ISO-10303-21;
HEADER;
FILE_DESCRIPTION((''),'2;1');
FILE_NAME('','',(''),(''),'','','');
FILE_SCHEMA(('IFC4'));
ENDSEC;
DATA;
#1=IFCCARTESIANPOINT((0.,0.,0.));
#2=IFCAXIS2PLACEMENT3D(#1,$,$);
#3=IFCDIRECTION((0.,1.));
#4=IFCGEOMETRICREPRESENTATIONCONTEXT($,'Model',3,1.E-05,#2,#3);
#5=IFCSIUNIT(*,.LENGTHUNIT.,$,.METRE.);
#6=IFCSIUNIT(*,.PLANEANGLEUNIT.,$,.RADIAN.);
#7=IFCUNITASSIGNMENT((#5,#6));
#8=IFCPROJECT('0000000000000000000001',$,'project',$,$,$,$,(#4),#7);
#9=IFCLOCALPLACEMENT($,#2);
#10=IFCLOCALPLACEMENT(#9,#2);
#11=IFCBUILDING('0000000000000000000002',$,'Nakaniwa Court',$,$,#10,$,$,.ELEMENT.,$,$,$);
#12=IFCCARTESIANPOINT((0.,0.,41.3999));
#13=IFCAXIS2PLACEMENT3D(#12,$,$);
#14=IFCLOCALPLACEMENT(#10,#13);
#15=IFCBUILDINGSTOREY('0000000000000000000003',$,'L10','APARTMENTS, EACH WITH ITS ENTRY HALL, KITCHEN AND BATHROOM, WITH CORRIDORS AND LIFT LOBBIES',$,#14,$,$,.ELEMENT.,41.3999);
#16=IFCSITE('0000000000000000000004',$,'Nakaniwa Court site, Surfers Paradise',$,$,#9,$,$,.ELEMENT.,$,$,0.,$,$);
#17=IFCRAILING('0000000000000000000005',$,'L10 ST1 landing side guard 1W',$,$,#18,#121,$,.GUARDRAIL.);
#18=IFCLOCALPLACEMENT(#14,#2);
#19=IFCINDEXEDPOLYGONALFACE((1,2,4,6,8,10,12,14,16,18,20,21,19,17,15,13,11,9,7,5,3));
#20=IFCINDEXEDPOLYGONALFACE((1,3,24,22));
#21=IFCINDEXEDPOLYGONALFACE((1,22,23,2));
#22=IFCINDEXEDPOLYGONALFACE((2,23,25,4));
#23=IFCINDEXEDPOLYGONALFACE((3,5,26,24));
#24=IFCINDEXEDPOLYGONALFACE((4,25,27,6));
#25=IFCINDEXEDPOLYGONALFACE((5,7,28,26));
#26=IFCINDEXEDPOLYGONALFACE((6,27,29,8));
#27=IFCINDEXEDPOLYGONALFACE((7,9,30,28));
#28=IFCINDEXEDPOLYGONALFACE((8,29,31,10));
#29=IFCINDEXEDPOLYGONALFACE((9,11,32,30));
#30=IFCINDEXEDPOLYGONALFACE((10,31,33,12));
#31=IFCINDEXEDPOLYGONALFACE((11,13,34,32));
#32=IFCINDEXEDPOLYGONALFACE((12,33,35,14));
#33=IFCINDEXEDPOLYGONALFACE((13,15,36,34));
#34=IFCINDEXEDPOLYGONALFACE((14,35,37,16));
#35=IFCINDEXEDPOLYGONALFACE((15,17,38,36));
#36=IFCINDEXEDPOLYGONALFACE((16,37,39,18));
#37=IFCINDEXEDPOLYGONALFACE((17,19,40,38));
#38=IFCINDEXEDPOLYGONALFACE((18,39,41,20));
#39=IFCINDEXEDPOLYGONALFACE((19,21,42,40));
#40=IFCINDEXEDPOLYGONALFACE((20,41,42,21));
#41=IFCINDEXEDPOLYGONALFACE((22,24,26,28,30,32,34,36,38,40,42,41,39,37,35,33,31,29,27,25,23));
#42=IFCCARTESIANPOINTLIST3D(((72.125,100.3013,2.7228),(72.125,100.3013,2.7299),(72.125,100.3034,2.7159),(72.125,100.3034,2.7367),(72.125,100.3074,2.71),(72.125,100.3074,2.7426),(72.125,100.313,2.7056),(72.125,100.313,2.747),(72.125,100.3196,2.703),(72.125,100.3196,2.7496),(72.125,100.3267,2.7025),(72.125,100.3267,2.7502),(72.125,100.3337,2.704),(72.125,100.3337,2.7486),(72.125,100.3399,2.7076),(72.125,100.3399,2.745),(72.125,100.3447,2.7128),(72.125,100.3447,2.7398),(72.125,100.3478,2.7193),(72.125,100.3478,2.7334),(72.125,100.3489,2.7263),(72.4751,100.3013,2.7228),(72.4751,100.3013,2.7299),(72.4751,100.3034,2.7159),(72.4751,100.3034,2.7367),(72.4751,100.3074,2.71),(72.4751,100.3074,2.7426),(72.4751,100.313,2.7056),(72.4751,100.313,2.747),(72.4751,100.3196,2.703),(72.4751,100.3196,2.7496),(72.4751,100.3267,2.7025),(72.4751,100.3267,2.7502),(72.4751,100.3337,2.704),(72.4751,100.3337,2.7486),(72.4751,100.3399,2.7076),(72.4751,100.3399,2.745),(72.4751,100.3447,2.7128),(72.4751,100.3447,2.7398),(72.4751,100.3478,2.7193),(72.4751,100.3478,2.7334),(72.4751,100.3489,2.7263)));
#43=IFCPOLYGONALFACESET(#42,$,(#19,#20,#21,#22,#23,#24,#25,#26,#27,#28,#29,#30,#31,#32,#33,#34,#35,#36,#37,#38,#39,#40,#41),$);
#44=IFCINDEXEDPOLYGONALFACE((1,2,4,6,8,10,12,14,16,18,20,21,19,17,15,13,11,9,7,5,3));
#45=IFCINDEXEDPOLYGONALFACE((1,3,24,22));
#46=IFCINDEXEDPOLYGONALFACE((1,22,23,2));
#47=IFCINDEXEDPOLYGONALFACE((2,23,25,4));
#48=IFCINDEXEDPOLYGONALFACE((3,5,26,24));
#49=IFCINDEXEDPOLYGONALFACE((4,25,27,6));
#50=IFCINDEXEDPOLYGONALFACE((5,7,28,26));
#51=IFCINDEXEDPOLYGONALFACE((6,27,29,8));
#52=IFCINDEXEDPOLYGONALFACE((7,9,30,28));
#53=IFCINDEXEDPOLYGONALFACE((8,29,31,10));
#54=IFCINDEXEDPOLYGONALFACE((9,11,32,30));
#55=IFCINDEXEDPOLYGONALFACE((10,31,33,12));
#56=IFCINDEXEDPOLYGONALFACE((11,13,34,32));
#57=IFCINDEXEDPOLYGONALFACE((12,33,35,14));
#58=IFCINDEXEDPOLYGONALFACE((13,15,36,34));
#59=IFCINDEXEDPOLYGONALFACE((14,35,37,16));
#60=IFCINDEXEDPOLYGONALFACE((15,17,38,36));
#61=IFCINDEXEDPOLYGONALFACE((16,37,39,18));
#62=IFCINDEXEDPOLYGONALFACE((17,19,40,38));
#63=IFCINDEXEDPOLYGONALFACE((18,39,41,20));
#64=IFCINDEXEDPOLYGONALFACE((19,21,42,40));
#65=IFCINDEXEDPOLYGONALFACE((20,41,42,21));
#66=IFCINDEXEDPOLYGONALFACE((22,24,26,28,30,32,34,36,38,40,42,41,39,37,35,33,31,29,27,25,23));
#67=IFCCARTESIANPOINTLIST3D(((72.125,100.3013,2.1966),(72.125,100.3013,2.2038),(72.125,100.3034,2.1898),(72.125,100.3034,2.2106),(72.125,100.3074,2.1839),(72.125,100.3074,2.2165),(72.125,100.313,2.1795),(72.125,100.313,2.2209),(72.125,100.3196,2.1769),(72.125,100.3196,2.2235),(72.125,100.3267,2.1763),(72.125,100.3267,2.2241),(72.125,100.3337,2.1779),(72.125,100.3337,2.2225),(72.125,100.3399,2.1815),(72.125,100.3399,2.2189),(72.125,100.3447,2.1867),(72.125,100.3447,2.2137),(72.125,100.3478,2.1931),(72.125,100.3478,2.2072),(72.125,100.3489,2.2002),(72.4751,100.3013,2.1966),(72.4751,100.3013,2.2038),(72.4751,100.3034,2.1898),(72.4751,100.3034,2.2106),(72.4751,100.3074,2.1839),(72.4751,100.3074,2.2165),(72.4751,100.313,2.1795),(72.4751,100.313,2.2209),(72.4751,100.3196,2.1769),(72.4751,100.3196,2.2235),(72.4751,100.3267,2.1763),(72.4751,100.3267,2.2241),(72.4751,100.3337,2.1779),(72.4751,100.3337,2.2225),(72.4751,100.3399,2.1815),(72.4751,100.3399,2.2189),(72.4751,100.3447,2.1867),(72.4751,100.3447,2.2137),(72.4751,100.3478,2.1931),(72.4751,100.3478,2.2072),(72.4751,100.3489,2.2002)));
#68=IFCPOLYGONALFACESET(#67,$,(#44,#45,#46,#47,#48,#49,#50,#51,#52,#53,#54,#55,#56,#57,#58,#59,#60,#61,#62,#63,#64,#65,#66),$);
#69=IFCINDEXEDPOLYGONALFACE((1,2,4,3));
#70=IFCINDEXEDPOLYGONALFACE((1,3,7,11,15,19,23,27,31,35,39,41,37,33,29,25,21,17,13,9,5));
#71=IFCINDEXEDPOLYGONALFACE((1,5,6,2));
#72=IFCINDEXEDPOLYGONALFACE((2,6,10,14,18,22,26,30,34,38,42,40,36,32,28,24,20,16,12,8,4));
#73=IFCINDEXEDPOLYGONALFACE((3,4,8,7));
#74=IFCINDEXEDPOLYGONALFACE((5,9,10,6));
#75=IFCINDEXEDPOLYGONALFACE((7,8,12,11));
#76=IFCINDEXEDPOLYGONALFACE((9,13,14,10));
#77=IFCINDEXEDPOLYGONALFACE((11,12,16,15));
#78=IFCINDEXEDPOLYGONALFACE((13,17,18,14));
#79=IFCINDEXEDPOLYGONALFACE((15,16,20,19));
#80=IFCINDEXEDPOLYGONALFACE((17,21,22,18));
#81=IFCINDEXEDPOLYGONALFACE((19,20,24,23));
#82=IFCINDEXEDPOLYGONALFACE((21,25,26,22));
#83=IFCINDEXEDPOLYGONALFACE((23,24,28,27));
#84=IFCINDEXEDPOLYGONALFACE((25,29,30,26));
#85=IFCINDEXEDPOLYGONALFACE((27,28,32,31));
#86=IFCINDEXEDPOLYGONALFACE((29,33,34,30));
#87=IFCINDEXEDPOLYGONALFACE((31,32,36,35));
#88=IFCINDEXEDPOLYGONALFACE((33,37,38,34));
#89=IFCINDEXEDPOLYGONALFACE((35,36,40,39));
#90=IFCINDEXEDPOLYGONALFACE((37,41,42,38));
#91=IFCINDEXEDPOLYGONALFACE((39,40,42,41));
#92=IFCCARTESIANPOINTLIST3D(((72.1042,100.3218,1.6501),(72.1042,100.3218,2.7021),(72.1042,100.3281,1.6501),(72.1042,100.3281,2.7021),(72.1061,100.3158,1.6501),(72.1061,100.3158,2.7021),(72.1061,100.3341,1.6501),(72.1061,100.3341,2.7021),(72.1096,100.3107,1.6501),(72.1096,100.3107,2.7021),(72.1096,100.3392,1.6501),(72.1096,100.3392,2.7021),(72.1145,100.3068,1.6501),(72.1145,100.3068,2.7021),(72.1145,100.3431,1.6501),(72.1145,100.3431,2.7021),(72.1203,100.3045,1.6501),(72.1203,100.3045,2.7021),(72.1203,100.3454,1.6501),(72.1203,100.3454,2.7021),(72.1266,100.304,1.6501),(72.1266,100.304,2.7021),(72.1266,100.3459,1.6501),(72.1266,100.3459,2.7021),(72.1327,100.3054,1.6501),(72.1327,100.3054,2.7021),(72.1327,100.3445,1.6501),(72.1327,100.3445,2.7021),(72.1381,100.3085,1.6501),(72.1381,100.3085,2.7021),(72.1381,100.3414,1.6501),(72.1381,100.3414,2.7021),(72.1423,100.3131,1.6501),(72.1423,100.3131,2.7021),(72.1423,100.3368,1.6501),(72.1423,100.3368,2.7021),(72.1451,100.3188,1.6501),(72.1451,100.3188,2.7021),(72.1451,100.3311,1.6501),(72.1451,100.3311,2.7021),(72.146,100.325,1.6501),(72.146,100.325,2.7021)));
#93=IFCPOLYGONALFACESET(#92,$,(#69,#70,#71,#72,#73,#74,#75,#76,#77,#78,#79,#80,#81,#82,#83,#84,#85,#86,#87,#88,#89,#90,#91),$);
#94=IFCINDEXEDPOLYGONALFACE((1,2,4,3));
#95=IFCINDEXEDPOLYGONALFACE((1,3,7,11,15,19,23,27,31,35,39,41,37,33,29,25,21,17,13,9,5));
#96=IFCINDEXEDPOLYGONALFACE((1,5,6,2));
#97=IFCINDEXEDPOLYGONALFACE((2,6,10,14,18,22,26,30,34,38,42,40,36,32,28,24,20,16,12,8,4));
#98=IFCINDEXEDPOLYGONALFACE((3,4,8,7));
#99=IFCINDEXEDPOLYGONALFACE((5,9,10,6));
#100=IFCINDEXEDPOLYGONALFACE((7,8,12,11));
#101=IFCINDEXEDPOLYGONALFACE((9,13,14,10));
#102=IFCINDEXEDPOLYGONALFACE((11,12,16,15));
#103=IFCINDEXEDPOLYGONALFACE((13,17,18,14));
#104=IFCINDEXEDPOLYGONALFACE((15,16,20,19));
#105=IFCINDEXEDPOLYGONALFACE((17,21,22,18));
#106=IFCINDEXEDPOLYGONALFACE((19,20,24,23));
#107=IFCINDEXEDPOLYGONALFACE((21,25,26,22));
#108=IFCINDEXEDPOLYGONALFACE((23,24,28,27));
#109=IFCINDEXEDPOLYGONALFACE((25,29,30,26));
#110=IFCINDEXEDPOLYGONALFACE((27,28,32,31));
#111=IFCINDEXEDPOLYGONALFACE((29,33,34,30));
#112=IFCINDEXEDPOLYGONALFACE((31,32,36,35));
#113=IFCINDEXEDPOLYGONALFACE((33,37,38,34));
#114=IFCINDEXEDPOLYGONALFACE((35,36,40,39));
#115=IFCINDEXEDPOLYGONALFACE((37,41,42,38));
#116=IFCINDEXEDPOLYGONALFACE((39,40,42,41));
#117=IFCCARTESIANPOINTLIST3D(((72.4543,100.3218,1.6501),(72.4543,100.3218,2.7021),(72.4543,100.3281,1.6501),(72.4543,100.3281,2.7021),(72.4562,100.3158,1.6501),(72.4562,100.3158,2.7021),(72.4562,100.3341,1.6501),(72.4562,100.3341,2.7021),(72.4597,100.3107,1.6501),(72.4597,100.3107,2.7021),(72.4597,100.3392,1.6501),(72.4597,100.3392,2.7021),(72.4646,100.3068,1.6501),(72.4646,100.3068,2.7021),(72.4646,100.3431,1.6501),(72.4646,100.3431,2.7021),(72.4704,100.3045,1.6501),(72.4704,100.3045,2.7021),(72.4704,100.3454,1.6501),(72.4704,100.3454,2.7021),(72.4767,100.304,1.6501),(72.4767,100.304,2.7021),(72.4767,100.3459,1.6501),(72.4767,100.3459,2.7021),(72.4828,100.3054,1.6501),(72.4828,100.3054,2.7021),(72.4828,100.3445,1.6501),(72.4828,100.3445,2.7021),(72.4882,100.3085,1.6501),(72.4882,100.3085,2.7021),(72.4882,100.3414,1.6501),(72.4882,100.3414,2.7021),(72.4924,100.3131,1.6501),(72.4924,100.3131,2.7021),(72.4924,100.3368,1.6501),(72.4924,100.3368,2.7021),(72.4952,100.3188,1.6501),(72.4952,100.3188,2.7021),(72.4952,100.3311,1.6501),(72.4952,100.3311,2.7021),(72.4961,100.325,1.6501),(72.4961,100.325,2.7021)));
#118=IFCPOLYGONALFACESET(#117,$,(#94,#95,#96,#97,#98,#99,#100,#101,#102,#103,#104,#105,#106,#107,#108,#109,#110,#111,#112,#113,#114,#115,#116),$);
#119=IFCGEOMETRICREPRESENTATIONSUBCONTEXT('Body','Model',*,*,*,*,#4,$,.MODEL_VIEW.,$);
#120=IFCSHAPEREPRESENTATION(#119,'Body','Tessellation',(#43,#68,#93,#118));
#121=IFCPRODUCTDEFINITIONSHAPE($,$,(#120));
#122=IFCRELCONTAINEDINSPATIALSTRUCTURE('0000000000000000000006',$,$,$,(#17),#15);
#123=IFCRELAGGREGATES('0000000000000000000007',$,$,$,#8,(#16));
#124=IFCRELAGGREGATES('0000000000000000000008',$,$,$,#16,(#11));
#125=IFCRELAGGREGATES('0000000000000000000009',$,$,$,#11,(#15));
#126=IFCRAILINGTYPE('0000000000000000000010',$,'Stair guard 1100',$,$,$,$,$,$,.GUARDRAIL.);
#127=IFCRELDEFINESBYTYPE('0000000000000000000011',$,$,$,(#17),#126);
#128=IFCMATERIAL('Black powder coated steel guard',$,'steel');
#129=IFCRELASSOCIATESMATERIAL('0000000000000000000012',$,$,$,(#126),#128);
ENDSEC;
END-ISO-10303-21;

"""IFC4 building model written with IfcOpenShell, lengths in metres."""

from ifc_helpers import new_model, si_unit, direction, frame, origin, origin_2d, place, context, subcontext, project, spatial, circle, extrude, material, type_object, element, save


model = new_model("IFC4")

# Units and contexts
model_context = context("Model", 3, precision=1e-05, world=origin(), true_north=direction((0.0, 1.0)))
body_context = subcontext(model_context, "Body", "Model", "MODEL_VIEW")
ifc_project = project(units=[si_unit("LENGTHUNIT", "METRE"), si_unit("PLANEANGLEUNIT", "RADIAN")], contexts=[model_context])

# Site, building, storey
site_placement = place(None, origin())
site = spatial("IfcSite", under=ifc_project, at=site_placement, Name="Nakaniwa Court site, Surfers Paradise", CompositionType="ELEMENT", RefElevation=0.0)
building_placement = place(site_placement, origin())
building = spatial("IfcBuilding", under=site, at=building_placement, Name="Nakaniwa Court", CompositionType="ELEMENT")
storey_placement = place(building_placement, frame((0.0, 0.0, 41.3999)))
storey = spatial("IfcBuildingStorey", under=building, at=storey_placement, Name="L10", Description="APARTMENTS, EACH WITH ITS ENTRY HALL, KITCHEN AND BATHROOM, WITH CORRIDORS AND LIFT LOBBIES", CompositionType="ELEMENT", Elevation=41.3999)

# Railing
ifc_material_1 = material(Name="Black powder coated steel guard", Category="steel")
railing_type_1 = type_object("IfcRailingType", Name="Stair guard 1100", PredefinedType="GUARDRAIL", material=ifc_material_1)
for number, where, name in (
    (1, (72.125, 100.325, 1.6501), "L10 ST1 landing side guard 1W"),
):
    element("IfcRailing", number, at=place(storey_placement, frame(where)), inside=storey, type_object=railing_type_1, Name=name, PredefinedType="GUARDRAIL", context=body_context, shape_type="SweptSolid", body=[
        extrude(circle(Radius=0.0239, at=origin_2d()), frame((0.0, 0.0, 1.0762), z_axis=(1.0, 0.0, 0.0), x_axis=(0.0, 1.0, 0.0)), (0.0, 0.0, 1.0), 0.3501),
        extrude(circle(Radius=0.0239, at=origin_2d()), frame((0.0, 0.0, 0.55), z_axis=(1.0, 0.0, 0.0), x_axis=(0.0, 1.0, 0.0)), (0.0, 0.0, 1.0), 0.3501),
        extrude(circle(Radius=0.021, at=origin_2d()), origin(), (0.0, 0.0, 1.0), 1.052),
        extrude(circle(Radius=0.021, at=origin_2d()), frame((0.3501, 0.0, 0.0)), (0.0, 0.0, 1.0), 1.052),
    ])

save(model, "model.ifc")
